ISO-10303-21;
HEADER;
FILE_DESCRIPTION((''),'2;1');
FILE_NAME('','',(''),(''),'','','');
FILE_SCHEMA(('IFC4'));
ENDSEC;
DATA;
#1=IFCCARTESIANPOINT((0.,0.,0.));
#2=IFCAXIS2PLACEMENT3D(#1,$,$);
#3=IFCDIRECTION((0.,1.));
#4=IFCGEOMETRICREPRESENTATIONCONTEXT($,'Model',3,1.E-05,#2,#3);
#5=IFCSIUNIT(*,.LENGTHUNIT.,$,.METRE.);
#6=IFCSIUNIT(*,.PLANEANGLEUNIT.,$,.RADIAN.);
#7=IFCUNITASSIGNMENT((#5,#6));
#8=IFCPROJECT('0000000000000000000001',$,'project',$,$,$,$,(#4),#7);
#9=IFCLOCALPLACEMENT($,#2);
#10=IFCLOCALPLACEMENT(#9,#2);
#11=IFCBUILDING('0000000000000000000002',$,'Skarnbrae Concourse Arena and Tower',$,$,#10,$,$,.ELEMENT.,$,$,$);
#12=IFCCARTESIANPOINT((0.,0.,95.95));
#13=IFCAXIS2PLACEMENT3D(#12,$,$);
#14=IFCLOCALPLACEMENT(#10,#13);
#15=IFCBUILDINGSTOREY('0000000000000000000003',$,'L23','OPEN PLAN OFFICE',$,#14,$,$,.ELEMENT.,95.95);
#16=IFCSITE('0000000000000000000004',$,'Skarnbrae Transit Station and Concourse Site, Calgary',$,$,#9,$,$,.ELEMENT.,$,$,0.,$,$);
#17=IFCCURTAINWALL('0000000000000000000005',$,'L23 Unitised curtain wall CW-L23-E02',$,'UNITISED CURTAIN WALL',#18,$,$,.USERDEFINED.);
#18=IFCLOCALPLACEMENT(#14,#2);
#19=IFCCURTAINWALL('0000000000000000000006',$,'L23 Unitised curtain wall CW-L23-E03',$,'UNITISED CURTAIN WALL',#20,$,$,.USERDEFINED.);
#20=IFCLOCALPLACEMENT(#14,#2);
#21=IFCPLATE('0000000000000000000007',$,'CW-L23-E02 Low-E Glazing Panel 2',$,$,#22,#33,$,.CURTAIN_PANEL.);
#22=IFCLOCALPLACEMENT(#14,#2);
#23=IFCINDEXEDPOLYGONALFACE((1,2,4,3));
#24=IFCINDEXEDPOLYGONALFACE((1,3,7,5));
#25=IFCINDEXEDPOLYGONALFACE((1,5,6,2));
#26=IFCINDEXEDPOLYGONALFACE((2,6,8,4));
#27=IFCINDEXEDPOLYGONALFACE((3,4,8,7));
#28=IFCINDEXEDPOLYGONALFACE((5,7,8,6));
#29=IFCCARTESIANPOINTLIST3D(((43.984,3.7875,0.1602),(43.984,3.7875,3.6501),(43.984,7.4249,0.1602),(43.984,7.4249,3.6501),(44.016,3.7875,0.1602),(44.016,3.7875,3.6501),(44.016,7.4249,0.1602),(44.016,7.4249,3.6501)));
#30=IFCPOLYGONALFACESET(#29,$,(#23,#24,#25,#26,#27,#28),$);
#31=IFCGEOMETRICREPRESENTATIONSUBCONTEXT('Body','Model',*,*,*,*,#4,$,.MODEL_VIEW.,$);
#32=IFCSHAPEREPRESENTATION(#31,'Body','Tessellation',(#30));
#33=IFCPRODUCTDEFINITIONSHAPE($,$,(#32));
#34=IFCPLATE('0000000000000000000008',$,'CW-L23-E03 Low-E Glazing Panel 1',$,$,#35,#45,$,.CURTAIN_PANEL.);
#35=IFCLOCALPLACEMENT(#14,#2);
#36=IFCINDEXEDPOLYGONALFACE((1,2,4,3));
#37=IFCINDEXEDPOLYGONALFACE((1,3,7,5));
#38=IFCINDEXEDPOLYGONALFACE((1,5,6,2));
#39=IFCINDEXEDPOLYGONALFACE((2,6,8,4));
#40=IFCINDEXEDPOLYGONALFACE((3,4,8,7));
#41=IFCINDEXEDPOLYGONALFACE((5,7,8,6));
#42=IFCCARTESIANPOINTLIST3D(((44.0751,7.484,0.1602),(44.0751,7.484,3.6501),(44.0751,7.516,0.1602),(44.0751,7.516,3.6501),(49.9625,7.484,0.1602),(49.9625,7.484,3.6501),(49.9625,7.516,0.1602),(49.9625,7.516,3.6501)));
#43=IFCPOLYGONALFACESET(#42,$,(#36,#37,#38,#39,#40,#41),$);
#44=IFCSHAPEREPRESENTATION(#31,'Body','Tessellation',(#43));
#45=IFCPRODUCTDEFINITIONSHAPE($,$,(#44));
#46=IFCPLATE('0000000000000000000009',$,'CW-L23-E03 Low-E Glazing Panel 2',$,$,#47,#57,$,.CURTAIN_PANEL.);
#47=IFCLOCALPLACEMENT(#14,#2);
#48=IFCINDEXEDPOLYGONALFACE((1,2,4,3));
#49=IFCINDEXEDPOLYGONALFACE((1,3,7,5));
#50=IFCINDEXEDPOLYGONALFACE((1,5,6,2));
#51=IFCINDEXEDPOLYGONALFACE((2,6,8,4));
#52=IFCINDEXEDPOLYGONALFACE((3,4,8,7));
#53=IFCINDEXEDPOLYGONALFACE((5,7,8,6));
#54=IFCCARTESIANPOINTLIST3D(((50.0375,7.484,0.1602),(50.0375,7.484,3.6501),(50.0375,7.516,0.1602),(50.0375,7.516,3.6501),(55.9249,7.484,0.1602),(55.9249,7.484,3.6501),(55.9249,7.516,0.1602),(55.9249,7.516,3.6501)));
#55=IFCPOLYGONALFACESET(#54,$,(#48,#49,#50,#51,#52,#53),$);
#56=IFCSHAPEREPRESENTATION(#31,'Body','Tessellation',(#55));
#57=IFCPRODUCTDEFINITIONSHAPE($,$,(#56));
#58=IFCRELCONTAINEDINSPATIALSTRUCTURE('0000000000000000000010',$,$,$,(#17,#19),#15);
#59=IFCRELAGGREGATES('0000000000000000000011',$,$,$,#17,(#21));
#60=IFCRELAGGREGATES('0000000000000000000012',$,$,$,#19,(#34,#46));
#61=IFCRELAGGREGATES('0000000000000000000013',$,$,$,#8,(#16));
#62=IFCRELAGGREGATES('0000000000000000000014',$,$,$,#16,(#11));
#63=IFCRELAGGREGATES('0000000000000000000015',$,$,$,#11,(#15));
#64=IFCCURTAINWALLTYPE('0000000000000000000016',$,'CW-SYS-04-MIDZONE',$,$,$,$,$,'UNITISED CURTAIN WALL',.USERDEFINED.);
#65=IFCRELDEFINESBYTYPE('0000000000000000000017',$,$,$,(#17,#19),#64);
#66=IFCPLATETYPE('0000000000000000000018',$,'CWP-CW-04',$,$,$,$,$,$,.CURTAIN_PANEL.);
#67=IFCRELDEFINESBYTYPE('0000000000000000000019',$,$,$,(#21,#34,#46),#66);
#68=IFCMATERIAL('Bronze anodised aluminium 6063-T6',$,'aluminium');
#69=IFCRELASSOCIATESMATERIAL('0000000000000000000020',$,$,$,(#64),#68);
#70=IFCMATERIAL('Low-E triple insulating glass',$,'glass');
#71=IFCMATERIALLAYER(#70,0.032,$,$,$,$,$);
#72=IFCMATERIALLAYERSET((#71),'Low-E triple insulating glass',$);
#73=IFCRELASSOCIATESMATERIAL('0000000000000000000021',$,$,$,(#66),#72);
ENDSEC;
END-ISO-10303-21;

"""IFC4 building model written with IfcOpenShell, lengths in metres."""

from ifc_helpers import new_model, si_unit, direction, frame, origin, origin_2d, place, context, subcontext, project, spatial, rectangle, extrude, source, transform, mapped, material, layer, layer_set, type_object, element, aggregate, save


model = new_model("IFC4")

# Units and contexts
model_context = context("Model", 3, precision=1e-05, world=origin(), true_north=direction((0.0, 1.0)))
body_context = subcontext(model_context, "Body", "Model", "MODEL_VIEW")
ifc_project = project(units=[si_unit("LENGTHUNIT", "METRE"), si_unit("PLANEANGLEUNIT", "RADIAN")], contexts=[model_context])

# Site, building, storey
site_placement = place(None, origin())
site = spatial("IfcSite", under=ifc_project, at=site_placement, Name="Skarnbrae Transit Station and Concourse Site, Calgary", CompositionType="ELEMENT", RefElevation=0.0)
building_placement = place(site_placement, origin())
building = spatial("IfcBuilding", under=site, at=building_placement, Name="Skarnbrae Concourse Arena and Tower", CompositionType="ELEMENT")
storey_placement = place(building_placement, frame((0.0, 0.0, 95.95)))
storey = spatial("IfcBuildingStorey", under=building, at=storey_placement, Name="L23", Description="OPEN PLAN OFFICE", CompositionType="ELEMENT", Elevation=95.95)

# Shared definitions
ifc_material_1 = material(Name="Bronze anodised aluminium 6063-T6", Category="aluminium")
curtain_wall_type = type_object("IfcCurtainWallType", Name="CW-SYS-04-MIDZONE", ElementType="UNITISED CURTAIN WALL", PredefinedType="USERDEFINED", material=ifc_material_1)

# Curtain walls
curtain_wall_1_placement = place(storey_placement, origin())
curtain_wall_1 = element("IfcCurtainWall", 1, at=curtain_wall_1_placement, inside=storey, type_object=curtain_wall_type, Name="L23 Unitised curtain wall CW-L23-E02", ObjectType="UNITISED CURTAIN WALL", PredefinedType="USERDEFINED")
curtain_wall_2_placement = place(storey_placement, origin())
curtain_wall_2 = element("IfcCurtainWall", 2, at=curtain_wall_2_placement, inside=storey, type_object=curtain_wall_type, Name="L23 Unitised curtain wall CW-L23-E03", ObjectType="UNITISED CURTAIN WALL", PredefinedType="USERDEFINED")

# Plates
ifc_material_2 = material(Name="Low-E triple insulating glass", Category="glass")
ifc_layer = layer(ifc_material_2, 0.032)
ifc_layer_set = layer_set([ifc_layer], Name="Low-E triple insulating glass")
plate_type = type_object("IfcPlateType", Name="CWP-CW-04", PredefinedType="CURTAIN_PANEL", material=ifc_layer_set)
shared_shape_1 = source(origin(), body_context, "Body", "SweptSolid", [
    extrude(rectangle(XDim=3.6375, YDim=0.032, at=origin_2d()), origin(), (0.0, 0.0, 1.0), 3.49),
])
plate_1_placement = place(storey_placement, frame((44.0, 5.6062, 0.1602), z_axis=(0.0, 0.0, 1.0), x_axis=(0.0, 1.0, 0.0)))
plate_1 = element("IfcPlate", 3, at=plate_1_placement, type_object=plate_type, Name="CW-L23-E02 Low-E Glazing Panel 2", PredefinedType="CURTAIN_PANEL", context=body_context, shape_type="MappedRepresentation", body=[
    mapped(shared_shape_1, transform((0.0, 0.0, 0.0))),
])
aggregate(curtain_wall_1, [plate_1])
shared_shape_2 = source(origin(), body_context, "Body", "SweptSolid", [
    extrude(rectangle(XDim=5.8875, YDim=0.032, at=origin_2d()), origin(), (0.0, 0.0, 1.0), 3.49),
])
plate_2_placement = place(storey_placement, frame((47.0188, 7.5, 0.1602), z_axis=(0.0, 0.0, 1.0), x_axis=(1.0, 0.0, 0.0)))
plate_2 = element("IfcPlate", 4, at=plate_2_placement, type_object=plate_type, Name="CW-L23-E03 Low-E Glazing Panel 1", PredefinedType="CURTAIN_PANEL", context=body_context, shape_type="MappedRepresentation", body=[
    mapped(shared_shape_2, transform((0.0, 0.0, 0.0))),
])
plate_3_placement = place(storey_placement, frame((52.9812, 7.5, 0.1602), z_axis=(0.0, 0.0, 1.0), x_axis=(1.0, 0.0, 0.0)))
plate_3 = element("IfcPlate", 5, at=plate_3_placement, type_object=plate_type, Name="CW-L23-E03 Low-E Glazing Panel 2", PredefinedType="CURTAIN_PANEL", context=body_context, shape_type="MappedRepresentation", body=[
    mapped(shared_shape_2, transform((0.0, 0.0, 0.0))),
])
aggregate(curtain_wall_2, [plate_2, plate_3])

save(model, "model.ifc")
